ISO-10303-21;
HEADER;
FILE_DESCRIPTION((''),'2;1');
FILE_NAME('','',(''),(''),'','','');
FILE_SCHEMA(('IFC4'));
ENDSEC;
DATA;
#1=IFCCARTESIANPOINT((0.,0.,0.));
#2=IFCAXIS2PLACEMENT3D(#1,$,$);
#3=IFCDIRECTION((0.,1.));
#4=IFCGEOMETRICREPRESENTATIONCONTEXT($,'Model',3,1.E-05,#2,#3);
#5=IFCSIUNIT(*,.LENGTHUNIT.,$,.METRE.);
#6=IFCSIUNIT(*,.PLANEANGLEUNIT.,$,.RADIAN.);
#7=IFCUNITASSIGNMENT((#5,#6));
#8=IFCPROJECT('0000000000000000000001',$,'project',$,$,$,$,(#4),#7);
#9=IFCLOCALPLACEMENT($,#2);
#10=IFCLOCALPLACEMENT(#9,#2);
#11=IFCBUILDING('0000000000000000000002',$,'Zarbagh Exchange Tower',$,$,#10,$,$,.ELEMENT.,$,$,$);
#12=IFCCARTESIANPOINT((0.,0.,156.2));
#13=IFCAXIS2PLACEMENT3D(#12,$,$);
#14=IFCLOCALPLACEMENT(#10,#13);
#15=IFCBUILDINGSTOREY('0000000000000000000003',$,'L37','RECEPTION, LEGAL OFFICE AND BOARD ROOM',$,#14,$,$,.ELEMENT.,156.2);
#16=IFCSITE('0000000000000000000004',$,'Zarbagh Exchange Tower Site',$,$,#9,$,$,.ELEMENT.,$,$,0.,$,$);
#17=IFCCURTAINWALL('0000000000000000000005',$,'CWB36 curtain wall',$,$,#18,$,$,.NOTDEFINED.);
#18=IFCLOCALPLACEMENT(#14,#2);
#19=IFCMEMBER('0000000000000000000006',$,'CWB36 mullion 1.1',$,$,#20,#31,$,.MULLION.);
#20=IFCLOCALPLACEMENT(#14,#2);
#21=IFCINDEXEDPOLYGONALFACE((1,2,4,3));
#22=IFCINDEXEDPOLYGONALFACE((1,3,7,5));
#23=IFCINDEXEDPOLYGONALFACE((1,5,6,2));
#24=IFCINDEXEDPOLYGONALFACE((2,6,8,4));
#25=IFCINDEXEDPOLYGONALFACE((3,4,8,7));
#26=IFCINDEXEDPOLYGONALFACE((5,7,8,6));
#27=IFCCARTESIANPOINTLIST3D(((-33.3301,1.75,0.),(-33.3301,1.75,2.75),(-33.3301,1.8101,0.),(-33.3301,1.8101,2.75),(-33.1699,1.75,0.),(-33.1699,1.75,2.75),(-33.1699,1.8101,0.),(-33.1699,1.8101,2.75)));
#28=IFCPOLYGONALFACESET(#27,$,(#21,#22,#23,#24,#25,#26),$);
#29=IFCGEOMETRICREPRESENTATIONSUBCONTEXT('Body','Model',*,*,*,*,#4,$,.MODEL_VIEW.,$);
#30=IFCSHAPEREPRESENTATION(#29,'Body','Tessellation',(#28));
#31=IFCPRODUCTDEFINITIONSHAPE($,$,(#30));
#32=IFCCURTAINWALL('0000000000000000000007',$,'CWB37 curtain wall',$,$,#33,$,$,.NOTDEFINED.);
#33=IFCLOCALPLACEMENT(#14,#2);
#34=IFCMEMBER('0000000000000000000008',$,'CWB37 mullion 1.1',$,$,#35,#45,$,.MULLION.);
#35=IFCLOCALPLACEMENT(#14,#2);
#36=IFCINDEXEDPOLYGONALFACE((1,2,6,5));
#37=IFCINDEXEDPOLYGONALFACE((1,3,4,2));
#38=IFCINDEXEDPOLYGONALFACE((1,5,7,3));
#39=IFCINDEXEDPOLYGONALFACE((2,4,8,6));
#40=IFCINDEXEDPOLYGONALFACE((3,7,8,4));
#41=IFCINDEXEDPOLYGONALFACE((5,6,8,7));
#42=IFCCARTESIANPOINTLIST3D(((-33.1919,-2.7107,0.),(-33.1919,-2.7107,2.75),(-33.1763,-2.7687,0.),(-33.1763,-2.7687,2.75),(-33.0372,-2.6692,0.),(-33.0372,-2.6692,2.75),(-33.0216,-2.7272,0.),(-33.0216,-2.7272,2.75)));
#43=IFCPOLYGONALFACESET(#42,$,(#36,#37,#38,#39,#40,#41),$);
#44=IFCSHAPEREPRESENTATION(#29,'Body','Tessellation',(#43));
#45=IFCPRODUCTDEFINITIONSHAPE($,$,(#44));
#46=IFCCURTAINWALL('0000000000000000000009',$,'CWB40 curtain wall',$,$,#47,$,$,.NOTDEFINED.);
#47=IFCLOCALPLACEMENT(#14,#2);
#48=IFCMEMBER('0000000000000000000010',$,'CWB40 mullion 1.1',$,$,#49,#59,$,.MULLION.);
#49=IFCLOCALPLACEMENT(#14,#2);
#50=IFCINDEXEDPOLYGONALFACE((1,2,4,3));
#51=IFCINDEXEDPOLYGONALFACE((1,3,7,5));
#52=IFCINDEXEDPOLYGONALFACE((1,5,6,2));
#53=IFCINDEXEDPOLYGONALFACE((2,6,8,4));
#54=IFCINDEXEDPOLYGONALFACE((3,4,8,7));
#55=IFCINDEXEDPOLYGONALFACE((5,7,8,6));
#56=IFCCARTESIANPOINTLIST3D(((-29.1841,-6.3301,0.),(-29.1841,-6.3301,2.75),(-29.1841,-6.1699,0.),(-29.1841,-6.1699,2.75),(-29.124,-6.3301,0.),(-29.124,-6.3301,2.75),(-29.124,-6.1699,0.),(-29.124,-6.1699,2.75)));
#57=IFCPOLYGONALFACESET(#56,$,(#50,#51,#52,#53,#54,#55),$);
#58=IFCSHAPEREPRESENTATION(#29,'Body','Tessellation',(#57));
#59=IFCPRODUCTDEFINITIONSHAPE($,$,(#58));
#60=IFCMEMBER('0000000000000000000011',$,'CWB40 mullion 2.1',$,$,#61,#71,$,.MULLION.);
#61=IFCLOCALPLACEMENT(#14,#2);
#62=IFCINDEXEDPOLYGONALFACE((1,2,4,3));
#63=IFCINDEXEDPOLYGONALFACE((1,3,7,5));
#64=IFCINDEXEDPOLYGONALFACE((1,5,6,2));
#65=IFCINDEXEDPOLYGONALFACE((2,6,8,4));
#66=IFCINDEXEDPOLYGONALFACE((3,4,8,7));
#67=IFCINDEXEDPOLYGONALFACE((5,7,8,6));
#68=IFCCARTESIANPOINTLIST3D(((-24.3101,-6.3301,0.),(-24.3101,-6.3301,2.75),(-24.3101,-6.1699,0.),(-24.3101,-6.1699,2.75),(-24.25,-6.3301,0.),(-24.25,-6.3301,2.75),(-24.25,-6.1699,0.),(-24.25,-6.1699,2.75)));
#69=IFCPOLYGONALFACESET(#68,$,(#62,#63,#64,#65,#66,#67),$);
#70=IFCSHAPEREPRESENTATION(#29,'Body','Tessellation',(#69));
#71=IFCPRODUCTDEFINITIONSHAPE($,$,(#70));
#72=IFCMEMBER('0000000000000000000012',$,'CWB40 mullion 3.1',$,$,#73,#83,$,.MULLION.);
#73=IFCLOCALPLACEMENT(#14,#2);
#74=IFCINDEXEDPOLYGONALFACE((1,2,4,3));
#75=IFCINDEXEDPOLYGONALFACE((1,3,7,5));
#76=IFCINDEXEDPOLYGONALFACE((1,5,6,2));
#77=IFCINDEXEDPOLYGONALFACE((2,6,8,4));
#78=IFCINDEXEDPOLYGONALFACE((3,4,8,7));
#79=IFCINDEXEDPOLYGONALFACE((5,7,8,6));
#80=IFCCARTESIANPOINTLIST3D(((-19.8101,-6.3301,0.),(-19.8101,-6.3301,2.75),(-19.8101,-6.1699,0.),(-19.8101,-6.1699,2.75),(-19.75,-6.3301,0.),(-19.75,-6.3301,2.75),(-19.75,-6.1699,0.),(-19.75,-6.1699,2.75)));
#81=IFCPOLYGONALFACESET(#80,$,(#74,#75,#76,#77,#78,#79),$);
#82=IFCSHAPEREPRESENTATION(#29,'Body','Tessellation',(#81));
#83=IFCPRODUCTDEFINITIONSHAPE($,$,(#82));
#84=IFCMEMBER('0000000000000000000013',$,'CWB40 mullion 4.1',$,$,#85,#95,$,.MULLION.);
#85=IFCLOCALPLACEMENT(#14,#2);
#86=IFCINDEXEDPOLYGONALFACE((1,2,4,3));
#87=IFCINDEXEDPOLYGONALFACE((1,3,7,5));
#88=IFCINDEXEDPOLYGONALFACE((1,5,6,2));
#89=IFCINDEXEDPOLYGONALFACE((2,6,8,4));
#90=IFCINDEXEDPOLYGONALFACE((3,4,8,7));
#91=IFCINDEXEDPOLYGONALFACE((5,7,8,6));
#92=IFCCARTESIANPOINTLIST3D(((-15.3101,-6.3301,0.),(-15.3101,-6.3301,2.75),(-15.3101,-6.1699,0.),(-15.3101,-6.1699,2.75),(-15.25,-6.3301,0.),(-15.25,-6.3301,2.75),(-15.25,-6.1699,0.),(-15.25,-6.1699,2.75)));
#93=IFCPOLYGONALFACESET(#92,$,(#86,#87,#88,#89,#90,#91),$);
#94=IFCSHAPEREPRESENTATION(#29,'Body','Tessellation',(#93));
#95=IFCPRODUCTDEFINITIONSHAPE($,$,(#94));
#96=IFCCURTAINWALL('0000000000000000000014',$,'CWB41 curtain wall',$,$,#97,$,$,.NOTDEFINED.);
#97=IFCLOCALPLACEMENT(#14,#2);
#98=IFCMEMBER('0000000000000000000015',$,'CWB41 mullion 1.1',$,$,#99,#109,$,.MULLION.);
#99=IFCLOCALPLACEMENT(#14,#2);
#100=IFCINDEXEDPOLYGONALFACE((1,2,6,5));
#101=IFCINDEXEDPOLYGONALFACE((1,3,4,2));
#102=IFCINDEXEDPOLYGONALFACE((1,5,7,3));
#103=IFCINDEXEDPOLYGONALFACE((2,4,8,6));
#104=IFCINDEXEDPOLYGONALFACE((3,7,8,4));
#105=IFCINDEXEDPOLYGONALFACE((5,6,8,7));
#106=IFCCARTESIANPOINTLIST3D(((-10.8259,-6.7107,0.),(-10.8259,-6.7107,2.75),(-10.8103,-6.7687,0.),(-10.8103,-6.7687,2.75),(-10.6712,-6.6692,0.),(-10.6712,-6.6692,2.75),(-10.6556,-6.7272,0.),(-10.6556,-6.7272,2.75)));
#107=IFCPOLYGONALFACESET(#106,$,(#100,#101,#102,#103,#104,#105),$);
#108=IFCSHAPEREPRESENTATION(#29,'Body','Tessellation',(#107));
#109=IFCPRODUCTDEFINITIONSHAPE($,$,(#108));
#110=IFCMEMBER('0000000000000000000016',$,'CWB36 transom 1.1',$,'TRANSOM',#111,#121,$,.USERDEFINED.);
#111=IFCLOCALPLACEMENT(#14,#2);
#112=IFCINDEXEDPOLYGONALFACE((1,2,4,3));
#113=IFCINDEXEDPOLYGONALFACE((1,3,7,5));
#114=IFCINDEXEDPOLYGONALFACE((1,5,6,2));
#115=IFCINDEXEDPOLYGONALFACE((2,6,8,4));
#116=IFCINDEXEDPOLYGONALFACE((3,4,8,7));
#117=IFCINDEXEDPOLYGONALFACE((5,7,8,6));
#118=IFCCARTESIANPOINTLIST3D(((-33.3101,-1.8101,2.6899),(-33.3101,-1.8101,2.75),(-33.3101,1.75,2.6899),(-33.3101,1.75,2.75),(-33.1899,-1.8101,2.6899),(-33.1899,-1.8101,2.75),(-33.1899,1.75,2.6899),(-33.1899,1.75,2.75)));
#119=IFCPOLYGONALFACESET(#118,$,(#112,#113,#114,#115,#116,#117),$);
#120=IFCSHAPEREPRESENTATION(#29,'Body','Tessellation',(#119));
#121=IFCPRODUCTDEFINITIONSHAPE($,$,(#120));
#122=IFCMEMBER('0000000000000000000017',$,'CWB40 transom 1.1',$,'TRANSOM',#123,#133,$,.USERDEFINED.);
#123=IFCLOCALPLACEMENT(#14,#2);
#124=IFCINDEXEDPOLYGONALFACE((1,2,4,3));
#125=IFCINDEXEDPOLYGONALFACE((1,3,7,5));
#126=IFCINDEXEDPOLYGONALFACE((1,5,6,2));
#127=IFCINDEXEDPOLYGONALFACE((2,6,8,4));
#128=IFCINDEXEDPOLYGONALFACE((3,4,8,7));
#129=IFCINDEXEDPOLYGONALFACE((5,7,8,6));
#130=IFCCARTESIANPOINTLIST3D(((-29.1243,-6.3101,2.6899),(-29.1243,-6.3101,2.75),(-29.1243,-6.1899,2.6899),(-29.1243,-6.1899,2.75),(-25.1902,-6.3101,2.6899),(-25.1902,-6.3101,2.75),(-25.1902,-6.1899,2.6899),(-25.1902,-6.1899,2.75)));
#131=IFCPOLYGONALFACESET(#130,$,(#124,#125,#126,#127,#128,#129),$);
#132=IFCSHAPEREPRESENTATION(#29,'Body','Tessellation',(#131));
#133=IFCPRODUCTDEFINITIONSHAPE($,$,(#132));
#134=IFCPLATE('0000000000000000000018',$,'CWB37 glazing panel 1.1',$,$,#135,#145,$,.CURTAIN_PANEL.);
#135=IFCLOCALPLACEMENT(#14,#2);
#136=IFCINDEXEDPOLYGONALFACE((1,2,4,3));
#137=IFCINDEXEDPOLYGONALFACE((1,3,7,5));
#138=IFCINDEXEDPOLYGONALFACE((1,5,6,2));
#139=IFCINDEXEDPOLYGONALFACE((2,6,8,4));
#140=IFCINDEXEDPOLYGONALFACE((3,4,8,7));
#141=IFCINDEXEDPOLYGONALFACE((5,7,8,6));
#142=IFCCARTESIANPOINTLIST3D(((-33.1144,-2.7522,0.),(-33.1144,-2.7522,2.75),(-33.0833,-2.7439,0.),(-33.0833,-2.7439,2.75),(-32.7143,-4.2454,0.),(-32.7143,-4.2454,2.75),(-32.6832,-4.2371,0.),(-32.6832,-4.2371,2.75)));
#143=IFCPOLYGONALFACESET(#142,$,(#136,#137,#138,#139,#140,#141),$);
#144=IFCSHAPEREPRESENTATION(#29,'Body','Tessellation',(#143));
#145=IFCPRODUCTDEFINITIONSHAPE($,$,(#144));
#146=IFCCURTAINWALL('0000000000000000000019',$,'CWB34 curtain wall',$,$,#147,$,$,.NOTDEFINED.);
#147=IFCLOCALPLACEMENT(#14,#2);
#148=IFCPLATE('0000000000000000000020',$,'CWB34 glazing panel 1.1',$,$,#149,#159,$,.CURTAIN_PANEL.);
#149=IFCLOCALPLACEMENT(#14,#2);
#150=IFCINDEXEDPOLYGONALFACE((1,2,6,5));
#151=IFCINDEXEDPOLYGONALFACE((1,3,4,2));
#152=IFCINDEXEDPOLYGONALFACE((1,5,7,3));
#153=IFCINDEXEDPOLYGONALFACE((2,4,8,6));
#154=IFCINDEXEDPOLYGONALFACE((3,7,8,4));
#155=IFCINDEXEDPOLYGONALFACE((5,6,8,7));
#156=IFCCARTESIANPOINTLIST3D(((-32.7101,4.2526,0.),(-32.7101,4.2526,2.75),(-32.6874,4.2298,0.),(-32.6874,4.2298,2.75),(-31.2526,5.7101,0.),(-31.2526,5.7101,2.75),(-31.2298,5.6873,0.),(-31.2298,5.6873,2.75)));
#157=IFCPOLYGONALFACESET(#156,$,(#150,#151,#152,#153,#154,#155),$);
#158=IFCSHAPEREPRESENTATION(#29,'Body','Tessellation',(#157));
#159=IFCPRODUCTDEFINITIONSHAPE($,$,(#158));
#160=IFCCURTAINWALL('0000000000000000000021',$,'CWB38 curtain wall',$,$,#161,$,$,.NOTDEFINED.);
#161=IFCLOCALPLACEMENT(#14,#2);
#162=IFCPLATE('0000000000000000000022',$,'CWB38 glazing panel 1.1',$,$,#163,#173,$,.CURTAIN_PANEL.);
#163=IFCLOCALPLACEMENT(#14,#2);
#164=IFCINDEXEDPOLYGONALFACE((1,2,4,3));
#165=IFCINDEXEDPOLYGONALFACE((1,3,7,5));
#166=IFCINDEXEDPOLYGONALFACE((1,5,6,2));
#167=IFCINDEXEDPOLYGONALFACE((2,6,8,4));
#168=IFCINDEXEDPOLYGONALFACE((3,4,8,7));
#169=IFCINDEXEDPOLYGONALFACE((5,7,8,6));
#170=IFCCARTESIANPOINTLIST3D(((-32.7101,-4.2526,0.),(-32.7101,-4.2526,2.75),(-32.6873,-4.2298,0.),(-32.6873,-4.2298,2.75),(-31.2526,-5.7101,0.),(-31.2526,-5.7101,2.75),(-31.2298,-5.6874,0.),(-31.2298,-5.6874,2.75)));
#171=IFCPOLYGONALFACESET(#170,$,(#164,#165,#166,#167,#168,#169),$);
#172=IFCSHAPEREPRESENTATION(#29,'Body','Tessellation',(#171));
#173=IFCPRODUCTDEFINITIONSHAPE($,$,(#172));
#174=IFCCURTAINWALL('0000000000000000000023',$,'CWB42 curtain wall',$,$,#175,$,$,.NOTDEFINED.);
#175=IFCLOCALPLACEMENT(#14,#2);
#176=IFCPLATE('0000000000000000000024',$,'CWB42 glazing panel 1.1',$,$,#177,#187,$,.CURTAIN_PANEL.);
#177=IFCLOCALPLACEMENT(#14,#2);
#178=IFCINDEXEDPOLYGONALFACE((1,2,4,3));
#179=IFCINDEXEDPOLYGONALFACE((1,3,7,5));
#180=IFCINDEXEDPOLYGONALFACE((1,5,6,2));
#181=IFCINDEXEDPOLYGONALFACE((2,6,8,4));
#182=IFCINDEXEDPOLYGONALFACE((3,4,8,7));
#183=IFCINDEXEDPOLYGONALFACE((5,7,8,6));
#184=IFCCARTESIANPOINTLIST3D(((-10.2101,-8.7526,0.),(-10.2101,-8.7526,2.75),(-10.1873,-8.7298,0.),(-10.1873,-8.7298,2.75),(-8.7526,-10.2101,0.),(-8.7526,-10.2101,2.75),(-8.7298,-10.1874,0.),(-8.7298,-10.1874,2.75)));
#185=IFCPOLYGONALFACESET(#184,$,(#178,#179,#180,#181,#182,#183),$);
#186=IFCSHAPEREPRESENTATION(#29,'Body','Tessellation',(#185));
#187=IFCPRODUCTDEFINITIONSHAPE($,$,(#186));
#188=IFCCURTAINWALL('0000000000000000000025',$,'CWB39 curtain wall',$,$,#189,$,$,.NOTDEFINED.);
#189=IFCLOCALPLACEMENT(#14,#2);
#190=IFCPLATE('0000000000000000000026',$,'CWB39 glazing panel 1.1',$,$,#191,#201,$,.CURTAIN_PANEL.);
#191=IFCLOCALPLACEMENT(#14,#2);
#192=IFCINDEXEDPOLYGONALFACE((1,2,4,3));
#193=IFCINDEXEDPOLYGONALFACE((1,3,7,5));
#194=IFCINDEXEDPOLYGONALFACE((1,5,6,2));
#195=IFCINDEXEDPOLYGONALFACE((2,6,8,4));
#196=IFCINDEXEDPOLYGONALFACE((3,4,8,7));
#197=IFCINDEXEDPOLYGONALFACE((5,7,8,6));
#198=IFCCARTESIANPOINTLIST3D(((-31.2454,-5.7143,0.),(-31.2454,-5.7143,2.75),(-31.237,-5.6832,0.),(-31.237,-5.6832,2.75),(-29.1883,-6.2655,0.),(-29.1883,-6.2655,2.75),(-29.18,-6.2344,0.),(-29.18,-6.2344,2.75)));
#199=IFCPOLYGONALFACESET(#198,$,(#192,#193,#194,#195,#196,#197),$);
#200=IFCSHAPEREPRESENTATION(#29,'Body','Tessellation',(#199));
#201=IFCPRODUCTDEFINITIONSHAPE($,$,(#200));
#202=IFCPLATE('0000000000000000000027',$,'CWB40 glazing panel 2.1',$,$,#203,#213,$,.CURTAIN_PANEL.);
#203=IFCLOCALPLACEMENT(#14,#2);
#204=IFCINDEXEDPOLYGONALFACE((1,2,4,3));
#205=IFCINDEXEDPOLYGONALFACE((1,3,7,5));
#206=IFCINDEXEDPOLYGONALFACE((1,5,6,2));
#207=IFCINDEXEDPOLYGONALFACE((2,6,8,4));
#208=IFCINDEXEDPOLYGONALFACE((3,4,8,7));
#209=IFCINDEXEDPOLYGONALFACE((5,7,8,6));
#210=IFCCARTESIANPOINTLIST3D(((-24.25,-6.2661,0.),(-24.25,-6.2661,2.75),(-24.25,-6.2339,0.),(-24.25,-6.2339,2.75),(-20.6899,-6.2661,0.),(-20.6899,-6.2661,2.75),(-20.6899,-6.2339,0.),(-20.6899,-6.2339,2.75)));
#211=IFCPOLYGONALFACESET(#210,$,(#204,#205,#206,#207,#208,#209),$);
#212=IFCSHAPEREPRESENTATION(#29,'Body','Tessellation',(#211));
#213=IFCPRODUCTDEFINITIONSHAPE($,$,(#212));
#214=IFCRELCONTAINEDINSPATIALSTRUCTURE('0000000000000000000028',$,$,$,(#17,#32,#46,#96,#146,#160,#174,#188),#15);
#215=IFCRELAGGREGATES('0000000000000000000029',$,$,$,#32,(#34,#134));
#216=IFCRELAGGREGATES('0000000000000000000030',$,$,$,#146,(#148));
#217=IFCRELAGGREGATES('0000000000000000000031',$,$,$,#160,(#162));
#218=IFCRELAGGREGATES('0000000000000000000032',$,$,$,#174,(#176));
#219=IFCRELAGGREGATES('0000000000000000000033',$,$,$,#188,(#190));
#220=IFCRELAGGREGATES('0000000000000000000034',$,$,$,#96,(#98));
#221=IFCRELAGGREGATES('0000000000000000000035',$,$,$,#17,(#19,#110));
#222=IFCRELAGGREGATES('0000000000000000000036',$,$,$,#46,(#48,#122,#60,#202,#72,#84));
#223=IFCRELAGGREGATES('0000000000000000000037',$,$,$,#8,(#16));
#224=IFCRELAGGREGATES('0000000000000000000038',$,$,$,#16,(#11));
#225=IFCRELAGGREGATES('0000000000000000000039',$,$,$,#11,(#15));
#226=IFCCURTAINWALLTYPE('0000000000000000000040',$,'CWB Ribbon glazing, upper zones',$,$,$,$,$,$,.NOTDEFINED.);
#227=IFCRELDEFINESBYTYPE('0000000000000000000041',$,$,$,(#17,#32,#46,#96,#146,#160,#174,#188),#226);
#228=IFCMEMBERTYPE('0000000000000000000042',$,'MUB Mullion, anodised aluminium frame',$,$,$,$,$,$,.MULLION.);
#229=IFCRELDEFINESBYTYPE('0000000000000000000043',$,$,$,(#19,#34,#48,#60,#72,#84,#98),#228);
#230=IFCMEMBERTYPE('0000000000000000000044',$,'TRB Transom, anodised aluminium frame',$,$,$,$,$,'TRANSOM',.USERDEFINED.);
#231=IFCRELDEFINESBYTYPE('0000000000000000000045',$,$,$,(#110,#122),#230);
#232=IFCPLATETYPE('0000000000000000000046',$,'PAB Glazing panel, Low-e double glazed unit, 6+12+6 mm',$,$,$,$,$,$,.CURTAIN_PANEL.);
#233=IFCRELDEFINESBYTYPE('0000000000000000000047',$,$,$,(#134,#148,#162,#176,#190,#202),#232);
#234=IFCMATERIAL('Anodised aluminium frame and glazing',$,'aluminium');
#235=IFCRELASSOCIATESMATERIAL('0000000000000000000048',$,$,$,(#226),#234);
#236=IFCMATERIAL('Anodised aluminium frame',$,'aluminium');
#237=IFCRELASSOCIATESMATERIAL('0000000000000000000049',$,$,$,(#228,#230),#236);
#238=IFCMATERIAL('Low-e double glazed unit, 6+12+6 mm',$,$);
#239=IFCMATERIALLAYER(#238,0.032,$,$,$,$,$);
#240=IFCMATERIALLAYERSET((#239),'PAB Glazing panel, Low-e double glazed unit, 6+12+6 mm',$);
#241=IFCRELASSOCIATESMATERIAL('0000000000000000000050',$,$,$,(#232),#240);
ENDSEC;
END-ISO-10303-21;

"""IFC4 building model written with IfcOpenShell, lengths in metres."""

from ifc_helpers import new_model, si_unit, direction, frame, origin, place, context, subcontext, project, spatial, polyline, outline, extrude, source, transform, mapped, material, layer, layer_set, type_object, element, aggregate, save


model = new_model("IFC4")

# Units and contexts
model_context = context("Model", 3, precision=1e-05, world=origin(), true_north=direction((0.0, 1.0)))
body_context = subcontext(model_context, "Body", "Model", "MODEL_VIEW")
ifc_project = project(units=[si_unit("LENGTHUNIT", "METRE"), si_unit("PLANEANGLEUNIT", "RADIAN")], contexts=[model_context])

# Site, building, storey
site_placement = place(None, origin())
site = spatial("IfcSite", under=ifc_project, at=site_placement, Name="Zarbagh Exchange Tower Site", CompositionType="ELEMENT", RefElevation=0.0)
building_placement = place(site_placement, origin())
building = spatial("IfcBuilding", under=site, at=building_placement, Name="Zarbagh Exchange Tower", CompositionType="ELEMENT")
storey_placement = place(building_placement, frame((0.0, 0.0, 156.2)))
storey = spatial("IfcBuildingStorey", under=building, at=storey_placement, Name="L37", Description="RECEPTION, LEGAL OFFICE AND BOARD ROOM", CompositionType="ELEMENT", Elevation=156.2)

# Curtain walls, members
ifc_material_1 = material(Name="Anodised aluminium frame and glazing", Category="aluminium")
curtain_wall_type = type_object("IfcCurtainWallType", Name="CWB Ribbon glazing, upper zones", PredefinedType="NOTDEFINED", material=ifc_material_1)
curtain_wall_1_placement = place(storey_placement, origin())
curtain_wall_1 = element("IfcCurtainWall", 1, at=curtain_wall_1_placement, inside=storey, type_object=curtain_wall_type, Name="CWB36 curtain wall", PredefinedType="NOTDEFINED")
ifc_material_2 = material(Name="Anodised aluminium frame", Category="aluminium")
member_type_1 = type_object("IfcMemberType", Name="MUB Mullion, anodised aluminium frame", PredefinedType="MULLION", material=ifc_material_2)
shared_shape_1 = source(origin(), body_context, "Body", "SweptSolid", [
    extrude(outline(polyline([(0.0, -0.0801), (0.0601, -0.0801), (0.0601, 0.0801), (0.0, 0.0801), (0.0, -0.0801)])), origin(), (0.0, 0.0, 1.0), 2.75),
])
placement = place(storey_placement, origin())
member_1 = element("IfcMember", 2, at=placement, type_object=member_type_1, Name="CWB36 mullion 1.1", PredefinedType="MULLION", context=body_context, shape_type="MappedRepresentation", body=[
    mapped(shared_shape_1, transform((-33.25, 1.8101, 0.0), x_axis=(0.0, -1.0, 0.0), y_axis=(1.0, 0.0, 0.0), z_axis=(0.0, 0.0, 1.0))),
])
curtain_wall_2_placement = place(storey_placement, origin())
curtain_wall_2 = element("IfcCurtainWall", 3, at=curtain_wall_2_placement, inside=storey, type_object=curtain_wall_type, Name="CWB37 curtain wall", PredefinedType="NOTDEFINED")
member_2 = element("IfcMember", 4, at=placement, type_object=member_type_1, Name="CWB37 mullion 1.1", PredefinedType="MULLION", context=body_context, shape_type="MappedRepresentation", body=[
    mapped(shared_shape_1, transform((-33.1145, -2.6899, 0.0), x_axis=(0.258825, -0.965924, 0.0), y_axis=(0.965924, 0.258825, 0.0), z_axis=(0.0, 0.0, 1.0))),
])

# Curtain wall, members
curtain_wall_3_placement = place(storey_placement, origin())
curtain_wall_3 = element("IfcCurtainWall", 5, at=curtain_wall_3_placement, inside=storey, type_object=curtain_wall_type, Name="CWB40 curtain wall", PredefinedType="NOTDEFINED")
member_3 = element("IfcMember", 6, at=placement, type_object=member_type_1, Name="CWB40 mullion 1.1", PredefinedType="MULLION", context=body_context, shape_type="MappedRepresentation", body=[
    mapped(shared_shape_1, transform((-29.1841, -6.25, 0.0), x_axis=(1.0, 0.0, 0.0), y_axis=(0.0, 1.0, 0.0), z_axis=(0.0, 0.0, 1.0))),
])
member_4 = element("IfcMember", 7, at=placement, type_object=member_type_1, Name="CWB40 mullion 2.1", PredefinedType="MULLION", context=body_context, shape_type="MappedRepresentation", body=[
    mapped(shared_shape_1, transform((-24.3101, -6.25, 0.0), x_axis=(1.0, 0.0, 0.0), y_axis=(0.0, 1.0, 0.0), z_axis=(0.0, 0.0, 1.0))),
])
member_5 = element("IfcMember", 8, at=placement, type_object=member_type_1, Name="CWB40 mullion 3.1", PredefinedType="MULLION", context=body_context, shape_type="MappedRepresentation", body=[
    mapped(shared_shape_1, transform((-19.8101, -6.25, 0.0), x_axis=(1.0, 0.0, 0.0), y_axis=(0.0, 1.0, 0.0), z_axis=(0.0, 0.0, 1.0))),
])
member_6 = element("IfcMember", 9, at=placement, type_object=member_type_1, Name="CWB40 mullion 4.1", PredefinedType="MULLION", context=body_context, shape_type="MappedRepresentation", body=[
    mapped(shared_shape_1, transform((-15.3101, -6.25, 0.0), x_axis=(1.0, 0.0, 0.0), y_axis=(0.0, 1.0, 0.0), z_axis=(0.0, 0.0, 1.0))),
])

# Curtain wall, member
curtain_wall_4_placement = place(storey_placement, origin())
curtain_wall_4 = element("IfcCurtainWall", 10, at=curtain_wall_4_placement, inside=storey, type_object=curtain_wall_type, Name="CWB41 curtain wall", PredefinedType="NOTDEFINED")
member_7 = element("IfcMember", 11, at=placement, type_object=member_type_1, Name="CWB41 mullion 1.1", PredefinedType="MULLION", context=body_context, shape_type="MappedRepresentation", body=[
    mapped(shared_shape_1, transform((-10.7485, -6.6899, 0.0), x_axis=(0.258825, -0.965924, 0.0), y_axis=(0.965924, 0.258825, 0.0), z_axis=(0.0, 0.0, 1.0))),
])

# Members
member_type_2 = type_object("IfcMemberType", Name="TRB Transom, anodised aluminium frame", ElementType="TRANSOM", PredefinedType="USERDEFINED", material=ifc_material_2)
shared_shape_2 = source(origin(), body_context, "Body", "SweptSolid", [
    extrude(outline(polyline([(-0.0601, -0.0601), (0.0, -0.0601), (0.0, 0.0601), (-0.0601, 0.0601), (-0.0601, -0.0601)])), origin(), (0.0, 0.0, 1.0), 3.5601),
])
member_8 = element("IfcMember", 12, at=placement, type_object=member_type_2, Name="CWB36 transom 1.1", ObjectType="TRANSOM", PredefinedType="USERDEFINED", context=body_context, shape_type="MappedRepresentation", body=[
    mapped(shared_shape_2, transform((-33.25, 1.75, 2.75), x_axis=(0.0, 0.0, 1.0), y_axis=(-1.0, 0.0, 0.0), z_axis=(0.0, -1.0, 0.0))),
])
shared_shape_3 = source(origin(), body_context, "Body", "SweptSolid", [
    extrude(outline(polyline([(-0.0601, -0.0601), (0.0, -0.0601), (0.0, 0.0601), (-0.0601, 0.0601), (-0.0601, -0.0601)])), origin(), (0.0, 0.0, 1.0), 3.9341),
])
member_9 = element("IfcMember", 13, at=placement, type_object=member_type_2, Name="CWB40 transom 1.1", ObjectType="TRANSOM", PredefinedType="USERDEFINED", context=body_context, shape_type="MappedRepresentation", body=[
    mapped(shared_shape_3, transform((-29.1243, -6.25, 2.75), x_axis=(0.0, 0.0, 1.0), y_axis=(0.0, -1.0, 0.0), z_axis=(1.0, 0.0, 0.0))),
])

# Plate
ifc_material_3 = material(Name="Low-e double glazed unit, 6+12+6 mm")
ifc_layer = layer(ifc_material_3, 0.032)
ifc_layer_set = layer_set([ifc_layer], Name="PAB Glazing panel, Low-e double glazed unit, 6+12+6 mm")
plate_type = type_object("IfcPlateType", Name="PAB Glazing panel, Low-e double glazed unit, 6+12+6 mm", PredefinedType="CURTAIN_PANEL", material=ifc_layer_set)
shared_shape_4 = source(origin(), body_context, "Body", "SweptSolid", [
    extrude(outline(polyline([(0.0, -0.0161), (1.5459, -0.0161), (1.5459, 0.0161), (0.0, 0.0161), (0.0, -0.0161)])), origin(), (0.0, 0.0, 1.0), 2.75),
])
plate_1 = element("IfcPlate", 14, at=placement, type_object=plate_type, Name="CWB37 glazing panel 1.1", PredefinedType="CURTAIN_PANEL", context=body_context, shape_type="MappedRepresentation", body=[
    mapped(shared_shape_4, transform((-33.0989, -2.748, 0.0), x_axis=(0.258825, -0.965924, 0.0), y_axis=(0.965924, 0.258825, 0.0), z_axis=(0.0, 0.0, 1.0))),
])
aggregate(curtain_wall_2, [member_2, plate_1])

# Curtain walls, plates
curtain_wall_5_placement = place(storey_placement, origin())
curtain_wall_5 = element("IfcCurtainWall", 15, at=curtain_wall_5_placement, inside=storey, type_object=curtain_wall_type, Name="CWB34 curtain wall", PredefinedType="NOTDEFINED")
shared_shape_5 = source(origin(), body_context, "Body", "SweptSolid", [
    extrude(outline(polyline([(0.0, -0.0161), (2.0613, -0.0161), (2.0613, 0.0161), (0.0, 0.0161), (0.0, -0.0161)])), origin(), (0.0, 0.0, 1.0), 2.75),
])
plate_2 = element("IfcPlate", 16, at=placement, type_object=plate_type, Name="CWB34 glazing panel 1.1", PredefinedType="CURTAIN_PANEL", context=body_context, shape_type="MappedRepresentation", body=[
    mapped(shared_shape_5, transform((-31.2412, 5.6987, 0.0), x_axis=(-0.707107, -0.707107, 0.0), y_axis=(0.707107, -0.707107, 0.0), z_axis=(0.0, 0.0, 1.0))),
])
aggregate(curtain_wall_5, [plate_2])
curtain_wall_6_placement = place(storey_placement, origin())
curtain_wall_6 = element("IfcCurtainWall", 17, at=curtain_wall_6_placement, inside=storey, type_object=curtain_wall_type, Name="CWB38 curtain wall", PredefinedType="NOTDEFINED")
plate_3 = element("IfcPlate", 18, at=placement, type_object=plate_type, Name="CWB38 glazing panel 1.1", PredefinedType="CURTAIN_PANEL", context=body_context, shape_type="MappedRepresentation", body=[
    mapped(shared_shape_5, transform((-32.6987, -4.2412, 0.0), x_axis=(0.707107, -0.707107, 0.0), y_axis=(0.707107, 0.707107, 0.0), z_axis=(0.0, 0.0, 1.0))),
])
aggregate(curtain_wall_6, [plate_3])
curtain_wall_7_placement = place(storey_placement, origin())
curtain_wall_7 = element("IfcCurtainWall", 19, at=curtain_wall_7_placement, inside=storey, type_object=curtain_wall_type, Name="CWB42 curtain wall", PredefinedType="NOTDEFINED")
plate_4 = element("IfcPlate", 20, at=placement, type_object=plate_type, Name="CWB42 glazing panel 1.1", PredefinedType="CURTAIN_PANEL", context=body_context, shape_type="MappedRepresentation", body=[
    mapped(shared_shape_5, transform((-10.1987, -8.7412, 0.0), x_axis=(0.707107, -0.707107, 0.0), y_axis=(0.707107, 0.707107, 0.0), z_axis=(0.0, 0.0, 1.0))),
])
aggregate(curtain_wall_7, [plate_4])
curtain_wall_8_placement = place(storey_placement, origin())
curtain_wall_8 = element("IfcCurtainWall", 21, at=curtain_wall_8_placement, inside=storey, type_object=curtain_wall_type, Name="CWB39 curtain wall", PredefinedType="NOTDEFINED")
shared_shape_6 = source(origin(), body_context, "Body", "SweptSolid", [
    extrude(outline(polyline([(0.0, -0.0161), (2.1296, -0.0161), (2.1296, 0.0161), (0.0, 0.0161), (0.0, -0.0161)])), origin(), (0.0, 0.0, 1.0), 2.75),
])
plate_5 = element("IfcPlate", 22, at=placement, type_object=plate_type, Name="CWB39 glazing panel 1.1", PredefinedType="CURTAIN_PANEL", context=body_context, shape_type="MappedRepresentation", body=[
    mapped(shared_shape_6, transform((-31.2412, -5.6987, 0.0), x_axis=(0.965924, -0.258825, 0.0), y_axis=(0.258825, 0.965924, 0.0), z_axis=(0.0, 0.0, 1.0))),
])
aggregate(curtain_wall_8, [plate_5])

# Plate
shared_shape_7 = source(origin(), body_context, "Body", "SweptSolid", [
    extrude(outline(polyline([(0.0, -0.0161), (3.5601, -0.0161), (3.5601, 0.0161), (0.0, 0.0161), (0.0, -0.0161)])), origin(), (0.0, 0.0, 1.0), 2.75),
])
plate_6 = element("IfcPlate", 23, at=placement, type_object=plate_type, Name="CWB40 glazing panel 2.1", PredefinedType="CURTAIN_PANEL", context=body_context, shape_type="MappedRepresentation", body=[
    mapped(shared_shape_7, transform((-24.25, -6.25, 0.0), x_axis=(1.0, 0.0, 0.0), y_axis=(0.0, 1.0, 0.0), z_axis=(0.0, 0.0, 1.0))),
])
aggregate(curtain_wall_4, [member_7])

aggregate(curtain_wall_1, [member_1, member_8])
aggregate(curtain_wall_3, [member_3, member_9, member_4, plate_6, member_5, member_6])

save(model, "model.ifc")
